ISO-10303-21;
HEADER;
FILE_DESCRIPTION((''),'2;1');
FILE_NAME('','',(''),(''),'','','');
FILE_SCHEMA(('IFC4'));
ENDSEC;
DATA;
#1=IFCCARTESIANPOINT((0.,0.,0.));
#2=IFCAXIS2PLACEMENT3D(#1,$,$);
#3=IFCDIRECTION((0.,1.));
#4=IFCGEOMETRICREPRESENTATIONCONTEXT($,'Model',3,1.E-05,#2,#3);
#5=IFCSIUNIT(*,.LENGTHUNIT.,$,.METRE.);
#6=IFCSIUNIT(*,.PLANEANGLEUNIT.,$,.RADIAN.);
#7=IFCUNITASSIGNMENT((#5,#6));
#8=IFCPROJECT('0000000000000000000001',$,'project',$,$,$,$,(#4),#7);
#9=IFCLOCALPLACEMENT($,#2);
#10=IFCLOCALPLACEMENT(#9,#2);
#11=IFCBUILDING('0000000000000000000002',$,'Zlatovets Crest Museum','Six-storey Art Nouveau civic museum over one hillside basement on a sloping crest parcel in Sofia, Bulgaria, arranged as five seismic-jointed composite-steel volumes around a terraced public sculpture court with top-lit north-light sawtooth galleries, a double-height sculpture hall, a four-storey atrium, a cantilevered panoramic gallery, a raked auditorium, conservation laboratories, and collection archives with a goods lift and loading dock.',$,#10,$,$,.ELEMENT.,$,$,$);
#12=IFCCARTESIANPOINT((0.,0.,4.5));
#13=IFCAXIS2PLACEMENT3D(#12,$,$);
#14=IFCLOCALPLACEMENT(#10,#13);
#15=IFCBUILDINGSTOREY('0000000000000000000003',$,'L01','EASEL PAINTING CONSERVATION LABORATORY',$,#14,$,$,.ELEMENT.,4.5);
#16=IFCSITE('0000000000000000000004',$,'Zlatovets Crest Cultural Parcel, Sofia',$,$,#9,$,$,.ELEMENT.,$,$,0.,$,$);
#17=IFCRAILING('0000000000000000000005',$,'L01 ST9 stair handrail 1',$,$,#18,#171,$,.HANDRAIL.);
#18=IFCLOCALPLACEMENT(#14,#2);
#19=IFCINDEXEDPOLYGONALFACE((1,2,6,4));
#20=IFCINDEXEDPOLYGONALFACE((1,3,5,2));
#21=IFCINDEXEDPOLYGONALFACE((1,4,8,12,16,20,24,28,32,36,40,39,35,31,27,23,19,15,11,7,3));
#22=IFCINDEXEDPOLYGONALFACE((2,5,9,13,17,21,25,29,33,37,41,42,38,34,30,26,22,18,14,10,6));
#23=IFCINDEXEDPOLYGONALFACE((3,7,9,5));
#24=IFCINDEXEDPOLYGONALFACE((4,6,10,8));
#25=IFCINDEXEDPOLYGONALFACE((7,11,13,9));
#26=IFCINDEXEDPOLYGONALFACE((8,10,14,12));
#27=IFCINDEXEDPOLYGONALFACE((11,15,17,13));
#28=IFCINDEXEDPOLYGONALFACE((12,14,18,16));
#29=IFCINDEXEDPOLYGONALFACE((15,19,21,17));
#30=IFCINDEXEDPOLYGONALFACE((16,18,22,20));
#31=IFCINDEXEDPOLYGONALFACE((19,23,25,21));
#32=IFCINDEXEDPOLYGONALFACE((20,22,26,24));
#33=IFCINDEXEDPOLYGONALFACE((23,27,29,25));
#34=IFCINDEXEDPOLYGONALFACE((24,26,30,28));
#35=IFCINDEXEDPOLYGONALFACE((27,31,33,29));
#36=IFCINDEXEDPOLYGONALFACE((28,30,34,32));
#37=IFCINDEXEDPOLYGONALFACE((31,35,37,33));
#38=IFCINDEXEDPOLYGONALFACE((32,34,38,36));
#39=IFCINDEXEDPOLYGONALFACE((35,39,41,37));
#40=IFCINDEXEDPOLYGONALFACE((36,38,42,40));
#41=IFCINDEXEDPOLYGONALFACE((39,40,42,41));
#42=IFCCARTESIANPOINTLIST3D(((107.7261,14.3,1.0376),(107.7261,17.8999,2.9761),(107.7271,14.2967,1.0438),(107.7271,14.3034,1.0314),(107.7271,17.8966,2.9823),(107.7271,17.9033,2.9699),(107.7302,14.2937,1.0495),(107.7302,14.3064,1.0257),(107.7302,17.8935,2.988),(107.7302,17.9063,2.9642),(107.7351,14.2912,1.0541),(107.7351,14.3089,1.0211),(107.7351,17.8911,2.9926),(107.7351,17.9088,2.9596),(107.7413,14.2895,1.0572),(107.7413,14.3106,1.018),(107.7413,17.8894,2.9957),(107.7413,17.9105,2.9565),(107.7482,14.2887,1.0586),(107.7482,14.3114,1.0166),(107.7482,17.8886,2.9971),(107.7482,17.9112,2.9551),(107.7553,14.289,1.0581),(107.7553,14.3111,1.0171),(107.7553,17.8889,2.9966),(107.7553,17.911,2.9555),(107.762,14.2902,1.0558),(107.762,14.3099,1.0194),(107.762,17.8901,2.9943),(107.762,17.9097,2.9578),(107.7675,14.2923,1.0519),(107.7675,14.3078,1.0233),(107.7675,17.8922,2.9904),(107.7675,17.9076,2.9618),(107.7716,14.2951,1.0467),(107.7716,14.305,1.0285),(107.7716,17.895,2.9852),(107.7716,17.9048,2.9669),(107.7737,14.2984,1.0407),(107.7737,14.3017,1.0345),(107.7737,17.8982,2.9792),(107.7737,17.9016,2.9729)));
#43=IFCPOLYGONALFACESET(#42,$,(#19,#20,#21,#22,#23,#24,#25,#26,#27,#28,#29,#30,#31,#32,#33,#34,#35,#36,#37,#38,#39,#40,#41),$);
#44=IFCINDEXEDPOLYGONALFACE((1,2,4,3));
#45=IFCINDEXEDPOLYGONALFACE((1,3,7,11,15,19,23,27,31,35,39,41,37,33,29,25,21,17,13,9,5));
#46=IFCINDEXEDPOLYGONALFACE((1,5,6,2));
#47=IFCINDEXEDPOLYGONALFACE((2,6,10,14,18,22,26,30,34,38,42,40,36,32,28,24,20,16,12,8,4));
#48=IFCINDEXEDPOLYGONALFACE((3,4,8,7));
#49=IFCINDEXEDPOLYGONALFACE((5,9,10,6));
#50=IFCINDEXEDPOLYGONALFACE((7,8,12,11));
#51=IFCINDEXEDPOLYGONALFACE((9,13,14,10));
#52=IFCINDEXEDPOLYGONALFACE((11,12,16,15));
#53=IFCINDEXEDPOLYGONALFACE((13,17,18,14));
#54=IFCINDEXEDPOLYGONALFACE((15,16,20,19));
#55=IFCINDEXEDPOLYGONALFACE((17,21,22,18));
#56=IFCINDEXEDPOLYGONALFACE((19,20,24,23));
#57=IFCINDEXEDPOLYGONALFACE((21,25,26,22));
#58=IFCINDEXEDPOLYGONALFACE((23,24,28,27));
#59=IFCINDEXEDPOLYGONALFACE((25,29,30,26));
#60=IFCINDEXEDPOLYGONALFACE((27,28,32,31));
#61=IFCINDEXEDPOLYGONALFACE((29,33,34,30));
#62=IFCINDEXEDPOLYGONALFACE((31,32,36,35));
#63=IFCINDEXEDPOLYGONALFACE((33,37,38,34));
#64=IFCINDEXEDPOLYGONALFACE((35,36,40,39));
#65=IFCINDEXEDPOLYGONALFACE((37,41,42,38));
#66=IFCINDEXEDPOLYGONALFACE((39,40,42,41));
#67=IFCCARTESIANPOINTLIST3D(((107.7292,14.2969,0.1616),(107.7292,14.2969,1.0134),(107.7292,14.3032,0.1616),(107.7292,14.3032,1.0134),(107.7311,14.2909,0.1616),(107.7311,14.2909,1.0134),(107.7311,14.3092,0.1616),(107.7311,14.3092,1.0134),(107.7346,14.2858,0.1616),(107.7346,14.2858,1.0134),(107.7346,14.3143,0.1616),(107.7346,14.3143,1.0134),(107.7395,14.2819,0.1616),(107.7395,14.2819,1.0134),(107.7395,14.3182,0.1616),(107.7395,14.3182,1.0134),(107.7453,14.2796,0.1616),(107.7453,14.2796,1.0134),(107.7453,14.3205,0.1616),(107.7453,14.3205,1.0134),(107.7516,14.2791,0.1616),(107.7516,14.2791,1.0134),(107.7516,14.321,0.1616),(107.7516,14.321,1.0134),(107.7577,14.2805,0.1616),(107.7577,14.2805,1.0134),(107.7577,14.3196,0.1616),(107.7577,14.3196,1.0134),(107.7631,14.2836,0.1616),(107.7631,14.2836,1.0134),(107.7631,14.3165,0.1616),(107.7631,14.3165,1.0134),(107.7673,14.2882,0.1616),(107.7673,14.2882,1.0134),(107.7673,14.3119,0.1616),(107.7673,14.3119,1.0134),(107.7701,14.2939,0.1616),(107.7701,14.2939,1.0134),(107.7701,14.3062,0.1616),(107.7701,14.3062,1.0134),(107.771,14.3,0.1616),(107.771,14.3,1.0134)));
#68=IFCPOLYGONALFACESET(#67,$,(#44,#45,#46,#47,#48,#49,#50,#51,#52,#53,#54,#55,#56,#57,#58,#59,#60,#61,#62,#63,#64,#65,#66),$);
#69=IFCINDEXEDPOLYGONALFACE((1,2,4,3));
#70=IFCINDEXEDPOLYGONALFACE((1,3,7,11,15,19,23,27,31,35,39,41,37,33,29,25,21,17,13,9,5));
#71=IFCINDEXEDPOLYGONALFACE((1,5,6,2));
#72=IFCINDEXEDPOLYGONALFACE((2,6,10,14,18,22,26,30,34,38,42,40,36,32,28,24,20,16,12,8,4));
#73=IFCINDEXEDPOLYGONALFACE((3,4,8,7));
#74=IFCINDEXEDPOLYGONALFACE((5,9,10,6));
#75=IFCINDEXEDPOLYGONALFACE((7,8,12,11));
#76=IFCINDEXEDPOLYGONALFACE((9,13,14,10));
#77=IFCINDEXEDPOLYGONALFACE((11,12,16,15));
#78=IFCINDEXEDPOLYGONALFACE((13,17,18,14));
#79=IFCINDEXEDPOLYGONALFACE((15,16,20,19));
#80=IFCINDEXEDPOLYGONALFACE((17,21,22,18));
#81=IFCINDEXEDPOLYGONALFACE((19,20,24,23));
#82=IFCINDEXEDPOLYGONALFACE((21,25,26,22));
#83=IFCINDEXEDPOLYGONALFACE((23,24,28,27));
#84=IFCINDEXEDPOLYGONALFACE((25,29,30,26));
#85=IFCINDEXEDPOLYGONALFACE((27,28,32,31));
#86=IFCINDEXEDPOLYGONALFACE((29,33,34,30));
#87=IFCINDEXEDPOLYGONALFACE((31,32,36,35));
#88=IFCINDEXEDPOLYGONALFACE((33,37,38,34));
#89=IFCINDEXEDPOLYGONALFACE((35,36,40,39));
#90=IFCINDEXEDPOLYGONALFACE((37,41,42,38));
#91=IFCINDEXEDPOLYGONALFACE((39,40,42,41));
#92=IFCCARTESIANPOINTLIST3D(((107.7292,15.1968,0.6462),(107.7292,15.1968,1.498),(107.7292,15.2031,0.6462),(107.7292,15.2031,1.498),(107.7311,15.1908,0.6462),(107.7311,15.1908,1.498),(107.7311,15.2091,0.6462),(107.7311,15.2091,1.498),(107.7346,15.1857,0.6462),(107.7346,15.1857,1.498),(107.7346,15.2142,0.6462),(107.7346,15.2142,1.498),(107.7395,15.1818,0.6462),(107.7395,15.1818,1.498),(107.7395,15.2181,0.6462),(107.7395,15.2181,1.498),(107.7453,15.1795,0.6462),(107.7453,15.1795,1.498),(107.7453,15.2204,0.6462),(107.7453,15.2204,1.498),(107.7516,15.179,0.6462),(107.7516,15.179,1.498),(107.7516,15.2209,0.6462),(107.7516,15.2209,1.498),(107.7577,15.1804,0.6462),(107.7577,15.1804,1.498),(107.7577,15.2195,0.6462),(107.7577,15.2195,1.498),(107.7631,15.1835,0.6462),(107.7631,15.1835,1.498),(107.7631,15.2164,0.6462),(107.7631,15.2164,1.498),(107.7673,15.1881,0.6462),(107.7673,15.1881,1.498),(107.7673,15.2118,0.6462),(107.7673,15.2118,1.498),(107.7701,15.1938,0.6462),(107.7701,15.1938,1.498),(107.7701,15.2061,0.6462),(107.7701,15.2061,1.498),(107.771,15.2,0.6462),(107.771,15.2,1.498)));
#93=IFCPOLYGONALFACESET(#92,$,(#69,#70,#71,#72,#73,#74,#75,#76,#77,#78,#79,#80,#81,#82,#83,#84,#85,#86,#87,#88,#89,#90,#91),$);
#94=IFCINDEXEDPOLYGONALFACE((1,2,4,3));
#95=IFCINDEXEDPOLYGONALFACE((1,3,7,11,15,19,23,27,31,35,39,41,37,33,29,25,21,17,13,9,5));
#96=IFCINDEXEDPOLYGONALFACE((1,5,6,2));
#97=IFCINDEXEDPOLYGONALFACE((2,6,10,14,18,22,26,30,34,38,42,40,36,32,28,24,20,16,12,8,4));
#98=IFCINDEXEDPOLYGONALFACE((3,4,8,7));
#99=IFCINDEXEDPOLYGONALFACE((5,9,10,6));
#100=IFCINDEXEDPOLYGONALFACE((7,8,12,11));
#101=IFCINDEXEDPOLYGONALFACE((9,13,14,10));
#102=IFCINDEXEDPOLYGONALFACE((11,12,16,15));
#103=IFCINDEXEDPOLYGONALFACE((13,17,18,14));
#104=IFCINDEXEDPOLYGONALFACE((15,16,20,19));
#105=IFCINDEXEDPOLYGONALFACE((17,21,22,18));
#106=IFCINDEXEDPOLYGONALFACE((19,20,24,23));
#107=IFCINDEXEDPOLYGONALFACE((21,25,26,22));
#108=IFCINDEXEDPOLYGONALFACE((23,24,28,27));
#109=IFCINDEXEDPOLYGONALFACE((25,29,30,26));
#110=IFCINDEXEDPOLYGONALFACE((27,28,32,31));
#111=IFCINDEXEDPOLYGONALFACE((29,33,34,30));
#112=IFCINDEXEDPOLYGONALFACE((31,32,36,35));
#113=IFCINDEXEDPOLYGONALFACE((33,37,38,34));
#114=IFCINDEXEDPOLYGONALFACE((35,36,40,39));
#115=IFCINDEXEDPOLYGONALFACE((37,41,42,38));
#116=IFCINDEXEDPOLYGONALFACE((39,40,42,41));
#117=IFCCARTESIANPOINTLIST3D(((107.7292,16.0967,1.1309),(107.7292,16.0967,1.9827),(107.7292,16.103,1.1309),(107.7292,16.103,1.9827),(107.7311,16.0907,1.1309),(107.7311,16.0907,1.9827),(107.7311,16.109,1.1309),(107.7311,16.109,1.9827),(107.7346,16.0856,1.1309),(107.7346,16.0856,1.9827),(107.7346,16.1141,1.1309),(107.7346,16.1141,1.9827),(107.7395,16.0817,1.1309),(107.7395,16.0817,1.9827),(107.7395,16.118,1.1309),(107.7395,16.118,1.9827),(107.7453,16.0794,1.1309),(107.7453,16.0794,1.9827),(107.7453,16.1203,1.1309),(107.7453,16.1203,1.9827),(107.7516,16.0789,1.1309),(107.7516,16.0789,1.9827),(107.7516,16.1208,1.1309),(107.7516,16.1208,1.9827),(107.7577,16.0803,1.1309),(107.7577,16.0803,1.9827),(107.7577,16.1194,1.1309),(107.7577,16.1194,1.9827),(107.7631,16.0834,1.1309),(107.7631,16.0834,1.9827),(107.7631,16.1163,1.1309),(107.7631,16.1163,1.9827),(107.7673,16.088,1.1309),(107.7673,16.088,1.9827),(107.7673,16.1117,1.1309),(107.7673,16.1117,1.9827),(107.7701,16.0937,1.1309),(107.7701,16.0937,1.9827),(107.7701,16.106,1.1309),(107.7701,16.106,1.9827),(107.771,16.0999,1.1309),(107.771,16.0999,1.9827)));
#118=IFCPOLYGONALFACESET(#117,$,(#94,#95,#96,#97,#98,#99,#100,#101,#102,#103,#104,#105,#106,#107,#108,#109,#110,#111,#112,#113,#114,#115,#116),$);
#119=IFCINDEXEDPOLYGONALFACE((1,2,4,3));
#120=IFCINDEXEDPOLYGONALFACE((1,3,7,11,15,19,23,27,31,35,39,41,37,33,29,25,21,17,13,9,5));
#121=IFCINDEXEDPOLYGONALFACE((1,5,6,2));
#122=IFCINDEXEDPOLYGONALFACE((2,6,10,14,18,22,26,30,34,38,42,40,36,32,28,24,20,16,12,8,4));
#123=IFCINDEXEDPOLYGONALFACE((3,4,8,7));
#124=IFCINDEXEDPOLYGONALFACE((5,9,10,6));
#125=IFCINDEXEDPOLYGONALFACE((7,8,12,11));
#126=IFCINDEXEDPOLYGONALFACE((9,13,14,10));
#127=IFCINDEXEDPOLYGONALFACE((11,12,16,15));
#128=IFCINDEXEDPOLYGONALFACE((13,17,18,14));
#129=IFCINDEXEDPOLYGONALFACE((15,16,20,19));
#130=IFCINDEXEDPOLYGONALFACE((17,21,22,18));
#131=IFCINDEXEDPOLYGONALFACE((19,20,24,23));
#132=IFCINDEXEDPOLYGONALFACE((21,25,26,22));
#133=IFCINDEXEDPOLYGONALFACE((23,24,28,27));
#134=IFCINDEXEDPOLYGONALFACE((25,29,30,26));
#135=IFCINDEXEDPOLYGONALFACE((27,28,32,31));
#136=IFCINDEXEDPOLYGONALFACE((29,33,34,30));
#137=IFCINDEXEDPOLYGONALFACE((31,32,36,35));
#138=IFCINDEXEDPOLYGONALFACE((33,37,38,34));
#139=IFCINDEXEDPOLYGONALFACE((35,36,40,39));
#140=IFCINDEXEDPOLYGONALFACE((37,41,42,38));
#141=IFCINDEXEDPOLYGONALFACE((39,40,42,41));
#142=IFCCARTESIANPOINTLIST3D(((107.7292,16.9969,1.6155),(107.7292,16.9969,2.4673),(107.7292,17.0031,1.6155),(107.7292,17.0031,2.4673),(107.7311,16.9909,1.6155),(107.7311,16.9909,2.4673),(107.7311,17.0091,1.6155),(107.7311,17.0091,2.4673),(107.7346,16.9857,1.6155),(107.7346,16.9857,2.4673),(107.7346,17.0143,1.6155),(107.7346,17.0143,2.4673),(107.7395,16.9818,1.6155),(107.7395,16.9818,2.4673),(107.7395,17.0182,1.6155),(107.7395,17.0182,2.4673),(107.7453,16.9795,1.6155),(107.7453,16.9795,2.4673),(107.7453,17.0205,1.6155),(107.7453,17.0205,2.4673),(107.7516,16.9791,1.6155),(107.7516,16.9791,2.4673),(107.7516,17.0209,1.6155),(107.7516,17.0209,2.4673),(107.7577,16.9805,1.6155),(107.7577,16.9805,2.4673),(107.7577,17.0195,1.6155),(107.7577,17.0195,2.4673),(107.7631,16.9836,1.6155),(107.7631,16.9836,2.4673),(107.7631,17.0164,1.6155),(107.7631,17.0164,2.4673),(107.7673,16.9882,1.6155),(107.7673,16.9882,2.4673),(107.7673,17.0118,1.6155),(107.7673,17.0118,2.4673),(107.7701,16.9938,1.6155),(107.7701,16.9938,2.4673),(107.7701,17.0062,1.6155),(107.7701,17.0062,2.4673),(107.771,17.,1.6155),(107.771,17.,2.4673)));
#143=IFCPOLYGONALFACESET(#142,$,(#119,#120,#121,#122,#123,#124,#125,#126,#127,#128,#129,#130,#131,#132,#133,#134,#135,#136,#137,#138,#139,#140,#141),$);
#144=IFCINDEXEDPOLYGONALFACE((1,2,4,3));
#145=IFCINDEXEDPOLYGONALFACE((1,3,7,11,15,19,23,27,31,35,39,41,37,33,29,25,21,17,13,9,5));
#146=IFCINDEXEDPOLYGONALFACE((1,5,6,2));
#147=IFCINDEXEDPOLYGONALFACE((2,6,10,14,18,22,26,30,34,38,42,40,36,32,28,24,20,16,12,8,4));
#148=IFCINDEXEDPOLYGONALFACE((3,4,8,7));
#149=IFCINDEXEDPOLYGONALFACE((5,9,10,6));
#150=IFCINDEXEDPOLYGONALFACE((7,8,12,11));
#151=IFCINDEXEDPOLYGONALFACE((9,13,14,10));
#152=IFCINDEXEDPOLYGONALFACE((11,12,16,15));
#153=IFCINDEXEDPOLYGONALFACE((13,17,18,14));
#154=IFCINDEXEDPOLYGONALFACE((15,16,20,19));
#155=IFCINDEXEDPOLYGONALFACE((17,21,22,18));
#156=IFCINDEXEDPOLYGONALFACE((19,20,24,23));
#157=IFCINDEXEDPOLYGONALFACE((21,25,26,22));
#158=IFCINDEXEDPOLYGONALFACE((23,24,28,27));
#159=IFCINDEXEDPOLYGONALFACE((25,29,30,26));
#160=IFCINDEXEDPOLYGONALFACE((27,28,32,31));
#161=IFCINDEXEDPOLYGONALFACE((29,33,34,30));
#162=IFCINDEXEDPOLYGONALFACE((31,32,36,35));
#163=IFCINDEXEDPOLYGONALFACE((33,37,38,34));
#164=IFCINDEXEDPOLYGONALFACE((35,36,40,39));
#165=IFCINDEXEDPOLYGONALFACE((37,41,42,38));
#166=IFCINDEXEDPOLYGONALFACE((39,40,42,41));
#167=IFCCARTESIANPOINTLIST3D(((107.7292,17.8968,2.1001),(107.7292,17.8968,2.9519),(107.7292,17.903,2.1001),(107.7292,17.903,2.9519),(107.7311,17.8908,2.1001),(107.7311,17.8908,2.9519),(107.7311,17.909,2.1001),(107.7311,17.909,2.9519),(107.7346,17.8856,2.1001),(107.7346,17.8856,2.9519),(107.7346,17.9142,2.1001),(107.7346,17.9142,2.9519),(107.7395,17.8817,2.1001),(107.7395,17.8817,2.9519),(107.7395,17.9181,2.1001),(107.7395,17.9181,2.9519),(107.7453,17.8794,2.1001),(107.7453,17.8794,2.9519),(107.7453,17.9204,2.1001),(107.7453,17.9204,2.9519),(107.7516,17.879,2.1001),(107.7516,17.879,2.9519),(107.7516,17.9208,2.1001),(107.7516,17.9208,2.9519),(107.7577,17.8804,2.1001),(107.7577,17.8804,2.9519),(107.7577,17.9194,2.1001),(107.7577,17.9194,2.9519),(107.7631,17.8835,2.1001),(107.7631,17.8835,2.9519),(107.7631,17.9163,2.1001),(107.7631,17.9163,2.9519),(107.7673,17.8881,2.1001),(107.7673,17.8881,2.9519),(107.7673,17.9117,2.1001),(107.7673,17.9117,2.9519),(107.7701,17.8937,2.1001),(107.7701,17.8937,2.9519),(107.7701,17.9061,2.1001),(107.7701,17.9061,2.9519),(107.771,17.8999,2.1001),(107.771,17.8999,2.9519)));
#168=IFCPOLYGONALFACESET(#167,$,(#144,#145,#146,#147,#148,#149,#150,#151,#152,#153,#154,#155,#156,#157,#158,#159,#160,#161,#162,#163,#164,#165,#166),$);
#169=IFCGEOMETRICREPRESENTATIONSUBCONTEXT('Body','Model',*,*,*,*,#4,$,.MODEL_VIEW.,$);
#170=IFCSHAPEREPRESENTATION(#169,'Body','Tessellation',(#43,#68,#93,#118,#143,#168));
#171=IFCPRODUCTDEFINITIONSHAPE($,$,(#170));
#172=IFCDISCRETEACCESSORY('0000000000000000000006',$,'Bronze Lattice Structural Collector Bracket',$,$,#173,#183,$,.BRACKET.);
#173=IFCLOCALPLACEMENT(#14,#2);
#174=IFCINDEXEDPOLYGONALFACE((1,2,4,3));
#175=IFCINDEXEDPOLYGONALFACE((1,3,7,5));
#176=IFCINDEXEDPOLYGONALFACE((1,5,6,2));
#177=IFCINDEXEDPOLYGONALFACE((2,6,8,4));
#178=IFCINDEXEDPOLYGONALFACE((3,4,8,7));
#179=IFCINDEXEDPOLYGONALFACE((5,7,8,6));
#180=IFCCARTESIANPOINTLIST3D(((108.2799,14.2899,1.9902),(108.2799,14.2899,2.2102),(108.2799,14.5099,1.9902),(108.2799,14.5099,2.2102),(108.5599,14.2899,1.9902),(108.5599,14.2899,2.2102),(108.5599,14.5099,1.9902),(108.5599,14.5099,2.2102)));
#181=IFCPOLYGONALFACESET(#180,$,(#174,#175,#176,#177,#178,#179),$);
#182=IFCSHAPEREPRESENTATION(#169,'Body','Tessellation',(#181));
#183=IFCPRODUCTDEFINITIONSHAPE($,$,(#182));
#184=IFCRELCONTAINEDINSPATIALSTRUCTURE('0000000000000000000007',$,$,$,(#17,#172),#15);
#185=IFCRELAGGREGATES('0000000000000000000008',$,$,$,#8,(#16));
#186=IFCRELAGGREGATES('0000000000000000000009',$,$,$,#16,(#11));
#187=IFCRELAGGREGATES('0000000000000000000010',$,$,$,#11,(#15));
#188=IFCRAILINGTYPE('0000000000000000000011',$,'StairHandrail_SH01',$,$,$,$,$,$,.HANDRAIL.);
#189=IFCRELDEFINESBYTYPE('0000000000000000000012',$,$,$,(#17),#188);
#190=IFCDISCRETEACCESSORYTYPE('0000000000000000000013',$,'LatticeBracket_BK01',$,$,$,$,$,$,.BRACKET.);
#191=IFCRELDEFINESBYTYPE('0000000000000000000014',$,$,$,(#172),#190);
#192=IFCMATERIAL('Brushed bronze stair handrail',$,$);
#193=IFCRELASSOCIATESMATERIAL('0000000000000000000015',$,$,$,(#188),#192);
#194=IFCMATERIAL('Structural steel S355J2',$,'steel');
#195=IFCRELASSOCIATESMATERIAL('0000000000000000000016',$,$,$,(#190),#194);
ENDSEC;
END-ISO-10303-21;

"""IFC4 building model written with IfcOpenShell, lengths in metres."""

from ifc_helpers import new_model, si_unit, direction, frame, origin, origin_2d, place, context, subcontext, project, spatial, rectangle, circle, extrude, material, type_object, element, save


model = new_model("IFC4")

# Units and contexts
model_context = context("Model", 3, precision=1e-05, world=origin(), true_north=direction((0.0, 1.0)))
body_context = subcontext(model_context, "Body", "Model", "MODEL_VIEW")
ifc_project = project(units=[si_unit("LENGTHUNIT", "METRE"), si_unit("PLANEANGLEUNIT", "RADIAN")], contexts=[model_context])

# Site, building, storey
site_placement = place(None, origin())
site = spatial("IfcSite", under=ifc_project, at=site_placement, Name="Zlatovets Crest Cultural Parcel, Sofia", CompositionType="ELEMENT", RefElevation=0.0)
building_placement = place(site_placement, origin())
building = spatial("IfcBuilding", under=site, at=building_placement, Name="Zlatovets Crest Museum", Description="Six-storey Art Nouveau civic museum over one hillside basement on a sloping crest parcel in Sofia, Bulgaria, arranged as five seismic-jointed composite-steel volumes around a terraced public sculpture court with top-lit north-light sawtooth galleries, a double-height sculpture hall, a four-storey atrium, a cantilevered panoramic gallery, a raked auditorium, conservation laboratories, and collection archives with a goods lift and loading dock.", CompositionType="ELEMENT")
storey_placement = place(building_placement, frame((0.0, 0.0, 4.5)))
storey = spatial("IfcBuildingStorey", under=building, at=storey_placement, Name="L01", Description="EASEL PAINTING CONSERVATION LABORATORY", CompositionType="ELEMENT", Elevation=4.5)

# Shared definitions
ifc_material_1 = material(Name="Structural steel S355J2", Category="steel")

# Railing
ifc_material_2 = material(Name="Brushed bronze stair handrail")
railing_type_1 = type_object("IfcRailingType", Name="StairHandrail_SH01", PredefinedType="HANDRAIL", material=ifc_material_2)
railing_1_placement = place(storey_placement, frame((107.75, 14.3, 0.1616)))
element("IfcRailing", 1, at=railing_1_placement, inside=storey, type_object=railing_type_1, Name="L01 ST9 stair handrail 1", PredefinedType="HANDRAIL", context=body_context, shape_type="SweptSolid", body=[
    extrude(circle(Radius=0.0239, at=origin_2d()), frame((0.0, 0.0, 0.876), z_axis=(0.0, 0.880462, 0.474118), x_axis=(-1.0, 0.0, 0.0)), (0.0, 0.0, 1.0), 4.0886),
    extrude(circle(Radius=0.021, at=origin_2d()), origin(), (0.0, 0.0, 1.0), 0.8518),
    extrude(circle(Radius=0.021, at=origin_2d()), frame((0.0, 0.8999, 0.4846)), (0.0, 0.0, 1.0), 0.8518),
    extrude(circle(Radius=0.021, at=origin_2d()), frame((0.0, 1.7998, 0.9692)), (0.0, 0.0, 1.0), 0.8518),
    extrude(circle(Radius=0.021, at=origin_2d()), frame((0.0, 2.7, 1.4539)), (0.0, 0.0, 1.0), 0.8518),
    extrude(circle(Radius=0.021, at=origin_2d()), frame((0.0, 3.5999, 1.9385)), (0.0, 0.0, 1.0), 0.8518),
])

# Discrete accessory
discrete_accessory_type = type_object("IfcDiscreteAccessoryType", Name="LatticeBracket_BK01", PredefinedType="BRACKET", material=ifc_material_1)
discrete_accessory_placement = place(storey_placement, frame((108.4199, 14.3999, 1.9902), z_axis=(0.0, 0.0, 1.0), x_axis=(1.0, 0.0, 0.0)))
element("IfcDiscreteAccessory", 2, at=discrete_accessory_placement, inside=storey, type_object=discrete_accessory_type, Name="Bronze Lattice Structural Collector Bracket", PredefinedType="BRACKET", context=body_context, shape_type="SweptSolid", body=[
    extrude(rectangle(XDim=0.28, YDim=0.22, at=origin_2d()), origin(), (0.0, 0.0, 1.0), 0.22),
])

save(model, "model.ifc")
